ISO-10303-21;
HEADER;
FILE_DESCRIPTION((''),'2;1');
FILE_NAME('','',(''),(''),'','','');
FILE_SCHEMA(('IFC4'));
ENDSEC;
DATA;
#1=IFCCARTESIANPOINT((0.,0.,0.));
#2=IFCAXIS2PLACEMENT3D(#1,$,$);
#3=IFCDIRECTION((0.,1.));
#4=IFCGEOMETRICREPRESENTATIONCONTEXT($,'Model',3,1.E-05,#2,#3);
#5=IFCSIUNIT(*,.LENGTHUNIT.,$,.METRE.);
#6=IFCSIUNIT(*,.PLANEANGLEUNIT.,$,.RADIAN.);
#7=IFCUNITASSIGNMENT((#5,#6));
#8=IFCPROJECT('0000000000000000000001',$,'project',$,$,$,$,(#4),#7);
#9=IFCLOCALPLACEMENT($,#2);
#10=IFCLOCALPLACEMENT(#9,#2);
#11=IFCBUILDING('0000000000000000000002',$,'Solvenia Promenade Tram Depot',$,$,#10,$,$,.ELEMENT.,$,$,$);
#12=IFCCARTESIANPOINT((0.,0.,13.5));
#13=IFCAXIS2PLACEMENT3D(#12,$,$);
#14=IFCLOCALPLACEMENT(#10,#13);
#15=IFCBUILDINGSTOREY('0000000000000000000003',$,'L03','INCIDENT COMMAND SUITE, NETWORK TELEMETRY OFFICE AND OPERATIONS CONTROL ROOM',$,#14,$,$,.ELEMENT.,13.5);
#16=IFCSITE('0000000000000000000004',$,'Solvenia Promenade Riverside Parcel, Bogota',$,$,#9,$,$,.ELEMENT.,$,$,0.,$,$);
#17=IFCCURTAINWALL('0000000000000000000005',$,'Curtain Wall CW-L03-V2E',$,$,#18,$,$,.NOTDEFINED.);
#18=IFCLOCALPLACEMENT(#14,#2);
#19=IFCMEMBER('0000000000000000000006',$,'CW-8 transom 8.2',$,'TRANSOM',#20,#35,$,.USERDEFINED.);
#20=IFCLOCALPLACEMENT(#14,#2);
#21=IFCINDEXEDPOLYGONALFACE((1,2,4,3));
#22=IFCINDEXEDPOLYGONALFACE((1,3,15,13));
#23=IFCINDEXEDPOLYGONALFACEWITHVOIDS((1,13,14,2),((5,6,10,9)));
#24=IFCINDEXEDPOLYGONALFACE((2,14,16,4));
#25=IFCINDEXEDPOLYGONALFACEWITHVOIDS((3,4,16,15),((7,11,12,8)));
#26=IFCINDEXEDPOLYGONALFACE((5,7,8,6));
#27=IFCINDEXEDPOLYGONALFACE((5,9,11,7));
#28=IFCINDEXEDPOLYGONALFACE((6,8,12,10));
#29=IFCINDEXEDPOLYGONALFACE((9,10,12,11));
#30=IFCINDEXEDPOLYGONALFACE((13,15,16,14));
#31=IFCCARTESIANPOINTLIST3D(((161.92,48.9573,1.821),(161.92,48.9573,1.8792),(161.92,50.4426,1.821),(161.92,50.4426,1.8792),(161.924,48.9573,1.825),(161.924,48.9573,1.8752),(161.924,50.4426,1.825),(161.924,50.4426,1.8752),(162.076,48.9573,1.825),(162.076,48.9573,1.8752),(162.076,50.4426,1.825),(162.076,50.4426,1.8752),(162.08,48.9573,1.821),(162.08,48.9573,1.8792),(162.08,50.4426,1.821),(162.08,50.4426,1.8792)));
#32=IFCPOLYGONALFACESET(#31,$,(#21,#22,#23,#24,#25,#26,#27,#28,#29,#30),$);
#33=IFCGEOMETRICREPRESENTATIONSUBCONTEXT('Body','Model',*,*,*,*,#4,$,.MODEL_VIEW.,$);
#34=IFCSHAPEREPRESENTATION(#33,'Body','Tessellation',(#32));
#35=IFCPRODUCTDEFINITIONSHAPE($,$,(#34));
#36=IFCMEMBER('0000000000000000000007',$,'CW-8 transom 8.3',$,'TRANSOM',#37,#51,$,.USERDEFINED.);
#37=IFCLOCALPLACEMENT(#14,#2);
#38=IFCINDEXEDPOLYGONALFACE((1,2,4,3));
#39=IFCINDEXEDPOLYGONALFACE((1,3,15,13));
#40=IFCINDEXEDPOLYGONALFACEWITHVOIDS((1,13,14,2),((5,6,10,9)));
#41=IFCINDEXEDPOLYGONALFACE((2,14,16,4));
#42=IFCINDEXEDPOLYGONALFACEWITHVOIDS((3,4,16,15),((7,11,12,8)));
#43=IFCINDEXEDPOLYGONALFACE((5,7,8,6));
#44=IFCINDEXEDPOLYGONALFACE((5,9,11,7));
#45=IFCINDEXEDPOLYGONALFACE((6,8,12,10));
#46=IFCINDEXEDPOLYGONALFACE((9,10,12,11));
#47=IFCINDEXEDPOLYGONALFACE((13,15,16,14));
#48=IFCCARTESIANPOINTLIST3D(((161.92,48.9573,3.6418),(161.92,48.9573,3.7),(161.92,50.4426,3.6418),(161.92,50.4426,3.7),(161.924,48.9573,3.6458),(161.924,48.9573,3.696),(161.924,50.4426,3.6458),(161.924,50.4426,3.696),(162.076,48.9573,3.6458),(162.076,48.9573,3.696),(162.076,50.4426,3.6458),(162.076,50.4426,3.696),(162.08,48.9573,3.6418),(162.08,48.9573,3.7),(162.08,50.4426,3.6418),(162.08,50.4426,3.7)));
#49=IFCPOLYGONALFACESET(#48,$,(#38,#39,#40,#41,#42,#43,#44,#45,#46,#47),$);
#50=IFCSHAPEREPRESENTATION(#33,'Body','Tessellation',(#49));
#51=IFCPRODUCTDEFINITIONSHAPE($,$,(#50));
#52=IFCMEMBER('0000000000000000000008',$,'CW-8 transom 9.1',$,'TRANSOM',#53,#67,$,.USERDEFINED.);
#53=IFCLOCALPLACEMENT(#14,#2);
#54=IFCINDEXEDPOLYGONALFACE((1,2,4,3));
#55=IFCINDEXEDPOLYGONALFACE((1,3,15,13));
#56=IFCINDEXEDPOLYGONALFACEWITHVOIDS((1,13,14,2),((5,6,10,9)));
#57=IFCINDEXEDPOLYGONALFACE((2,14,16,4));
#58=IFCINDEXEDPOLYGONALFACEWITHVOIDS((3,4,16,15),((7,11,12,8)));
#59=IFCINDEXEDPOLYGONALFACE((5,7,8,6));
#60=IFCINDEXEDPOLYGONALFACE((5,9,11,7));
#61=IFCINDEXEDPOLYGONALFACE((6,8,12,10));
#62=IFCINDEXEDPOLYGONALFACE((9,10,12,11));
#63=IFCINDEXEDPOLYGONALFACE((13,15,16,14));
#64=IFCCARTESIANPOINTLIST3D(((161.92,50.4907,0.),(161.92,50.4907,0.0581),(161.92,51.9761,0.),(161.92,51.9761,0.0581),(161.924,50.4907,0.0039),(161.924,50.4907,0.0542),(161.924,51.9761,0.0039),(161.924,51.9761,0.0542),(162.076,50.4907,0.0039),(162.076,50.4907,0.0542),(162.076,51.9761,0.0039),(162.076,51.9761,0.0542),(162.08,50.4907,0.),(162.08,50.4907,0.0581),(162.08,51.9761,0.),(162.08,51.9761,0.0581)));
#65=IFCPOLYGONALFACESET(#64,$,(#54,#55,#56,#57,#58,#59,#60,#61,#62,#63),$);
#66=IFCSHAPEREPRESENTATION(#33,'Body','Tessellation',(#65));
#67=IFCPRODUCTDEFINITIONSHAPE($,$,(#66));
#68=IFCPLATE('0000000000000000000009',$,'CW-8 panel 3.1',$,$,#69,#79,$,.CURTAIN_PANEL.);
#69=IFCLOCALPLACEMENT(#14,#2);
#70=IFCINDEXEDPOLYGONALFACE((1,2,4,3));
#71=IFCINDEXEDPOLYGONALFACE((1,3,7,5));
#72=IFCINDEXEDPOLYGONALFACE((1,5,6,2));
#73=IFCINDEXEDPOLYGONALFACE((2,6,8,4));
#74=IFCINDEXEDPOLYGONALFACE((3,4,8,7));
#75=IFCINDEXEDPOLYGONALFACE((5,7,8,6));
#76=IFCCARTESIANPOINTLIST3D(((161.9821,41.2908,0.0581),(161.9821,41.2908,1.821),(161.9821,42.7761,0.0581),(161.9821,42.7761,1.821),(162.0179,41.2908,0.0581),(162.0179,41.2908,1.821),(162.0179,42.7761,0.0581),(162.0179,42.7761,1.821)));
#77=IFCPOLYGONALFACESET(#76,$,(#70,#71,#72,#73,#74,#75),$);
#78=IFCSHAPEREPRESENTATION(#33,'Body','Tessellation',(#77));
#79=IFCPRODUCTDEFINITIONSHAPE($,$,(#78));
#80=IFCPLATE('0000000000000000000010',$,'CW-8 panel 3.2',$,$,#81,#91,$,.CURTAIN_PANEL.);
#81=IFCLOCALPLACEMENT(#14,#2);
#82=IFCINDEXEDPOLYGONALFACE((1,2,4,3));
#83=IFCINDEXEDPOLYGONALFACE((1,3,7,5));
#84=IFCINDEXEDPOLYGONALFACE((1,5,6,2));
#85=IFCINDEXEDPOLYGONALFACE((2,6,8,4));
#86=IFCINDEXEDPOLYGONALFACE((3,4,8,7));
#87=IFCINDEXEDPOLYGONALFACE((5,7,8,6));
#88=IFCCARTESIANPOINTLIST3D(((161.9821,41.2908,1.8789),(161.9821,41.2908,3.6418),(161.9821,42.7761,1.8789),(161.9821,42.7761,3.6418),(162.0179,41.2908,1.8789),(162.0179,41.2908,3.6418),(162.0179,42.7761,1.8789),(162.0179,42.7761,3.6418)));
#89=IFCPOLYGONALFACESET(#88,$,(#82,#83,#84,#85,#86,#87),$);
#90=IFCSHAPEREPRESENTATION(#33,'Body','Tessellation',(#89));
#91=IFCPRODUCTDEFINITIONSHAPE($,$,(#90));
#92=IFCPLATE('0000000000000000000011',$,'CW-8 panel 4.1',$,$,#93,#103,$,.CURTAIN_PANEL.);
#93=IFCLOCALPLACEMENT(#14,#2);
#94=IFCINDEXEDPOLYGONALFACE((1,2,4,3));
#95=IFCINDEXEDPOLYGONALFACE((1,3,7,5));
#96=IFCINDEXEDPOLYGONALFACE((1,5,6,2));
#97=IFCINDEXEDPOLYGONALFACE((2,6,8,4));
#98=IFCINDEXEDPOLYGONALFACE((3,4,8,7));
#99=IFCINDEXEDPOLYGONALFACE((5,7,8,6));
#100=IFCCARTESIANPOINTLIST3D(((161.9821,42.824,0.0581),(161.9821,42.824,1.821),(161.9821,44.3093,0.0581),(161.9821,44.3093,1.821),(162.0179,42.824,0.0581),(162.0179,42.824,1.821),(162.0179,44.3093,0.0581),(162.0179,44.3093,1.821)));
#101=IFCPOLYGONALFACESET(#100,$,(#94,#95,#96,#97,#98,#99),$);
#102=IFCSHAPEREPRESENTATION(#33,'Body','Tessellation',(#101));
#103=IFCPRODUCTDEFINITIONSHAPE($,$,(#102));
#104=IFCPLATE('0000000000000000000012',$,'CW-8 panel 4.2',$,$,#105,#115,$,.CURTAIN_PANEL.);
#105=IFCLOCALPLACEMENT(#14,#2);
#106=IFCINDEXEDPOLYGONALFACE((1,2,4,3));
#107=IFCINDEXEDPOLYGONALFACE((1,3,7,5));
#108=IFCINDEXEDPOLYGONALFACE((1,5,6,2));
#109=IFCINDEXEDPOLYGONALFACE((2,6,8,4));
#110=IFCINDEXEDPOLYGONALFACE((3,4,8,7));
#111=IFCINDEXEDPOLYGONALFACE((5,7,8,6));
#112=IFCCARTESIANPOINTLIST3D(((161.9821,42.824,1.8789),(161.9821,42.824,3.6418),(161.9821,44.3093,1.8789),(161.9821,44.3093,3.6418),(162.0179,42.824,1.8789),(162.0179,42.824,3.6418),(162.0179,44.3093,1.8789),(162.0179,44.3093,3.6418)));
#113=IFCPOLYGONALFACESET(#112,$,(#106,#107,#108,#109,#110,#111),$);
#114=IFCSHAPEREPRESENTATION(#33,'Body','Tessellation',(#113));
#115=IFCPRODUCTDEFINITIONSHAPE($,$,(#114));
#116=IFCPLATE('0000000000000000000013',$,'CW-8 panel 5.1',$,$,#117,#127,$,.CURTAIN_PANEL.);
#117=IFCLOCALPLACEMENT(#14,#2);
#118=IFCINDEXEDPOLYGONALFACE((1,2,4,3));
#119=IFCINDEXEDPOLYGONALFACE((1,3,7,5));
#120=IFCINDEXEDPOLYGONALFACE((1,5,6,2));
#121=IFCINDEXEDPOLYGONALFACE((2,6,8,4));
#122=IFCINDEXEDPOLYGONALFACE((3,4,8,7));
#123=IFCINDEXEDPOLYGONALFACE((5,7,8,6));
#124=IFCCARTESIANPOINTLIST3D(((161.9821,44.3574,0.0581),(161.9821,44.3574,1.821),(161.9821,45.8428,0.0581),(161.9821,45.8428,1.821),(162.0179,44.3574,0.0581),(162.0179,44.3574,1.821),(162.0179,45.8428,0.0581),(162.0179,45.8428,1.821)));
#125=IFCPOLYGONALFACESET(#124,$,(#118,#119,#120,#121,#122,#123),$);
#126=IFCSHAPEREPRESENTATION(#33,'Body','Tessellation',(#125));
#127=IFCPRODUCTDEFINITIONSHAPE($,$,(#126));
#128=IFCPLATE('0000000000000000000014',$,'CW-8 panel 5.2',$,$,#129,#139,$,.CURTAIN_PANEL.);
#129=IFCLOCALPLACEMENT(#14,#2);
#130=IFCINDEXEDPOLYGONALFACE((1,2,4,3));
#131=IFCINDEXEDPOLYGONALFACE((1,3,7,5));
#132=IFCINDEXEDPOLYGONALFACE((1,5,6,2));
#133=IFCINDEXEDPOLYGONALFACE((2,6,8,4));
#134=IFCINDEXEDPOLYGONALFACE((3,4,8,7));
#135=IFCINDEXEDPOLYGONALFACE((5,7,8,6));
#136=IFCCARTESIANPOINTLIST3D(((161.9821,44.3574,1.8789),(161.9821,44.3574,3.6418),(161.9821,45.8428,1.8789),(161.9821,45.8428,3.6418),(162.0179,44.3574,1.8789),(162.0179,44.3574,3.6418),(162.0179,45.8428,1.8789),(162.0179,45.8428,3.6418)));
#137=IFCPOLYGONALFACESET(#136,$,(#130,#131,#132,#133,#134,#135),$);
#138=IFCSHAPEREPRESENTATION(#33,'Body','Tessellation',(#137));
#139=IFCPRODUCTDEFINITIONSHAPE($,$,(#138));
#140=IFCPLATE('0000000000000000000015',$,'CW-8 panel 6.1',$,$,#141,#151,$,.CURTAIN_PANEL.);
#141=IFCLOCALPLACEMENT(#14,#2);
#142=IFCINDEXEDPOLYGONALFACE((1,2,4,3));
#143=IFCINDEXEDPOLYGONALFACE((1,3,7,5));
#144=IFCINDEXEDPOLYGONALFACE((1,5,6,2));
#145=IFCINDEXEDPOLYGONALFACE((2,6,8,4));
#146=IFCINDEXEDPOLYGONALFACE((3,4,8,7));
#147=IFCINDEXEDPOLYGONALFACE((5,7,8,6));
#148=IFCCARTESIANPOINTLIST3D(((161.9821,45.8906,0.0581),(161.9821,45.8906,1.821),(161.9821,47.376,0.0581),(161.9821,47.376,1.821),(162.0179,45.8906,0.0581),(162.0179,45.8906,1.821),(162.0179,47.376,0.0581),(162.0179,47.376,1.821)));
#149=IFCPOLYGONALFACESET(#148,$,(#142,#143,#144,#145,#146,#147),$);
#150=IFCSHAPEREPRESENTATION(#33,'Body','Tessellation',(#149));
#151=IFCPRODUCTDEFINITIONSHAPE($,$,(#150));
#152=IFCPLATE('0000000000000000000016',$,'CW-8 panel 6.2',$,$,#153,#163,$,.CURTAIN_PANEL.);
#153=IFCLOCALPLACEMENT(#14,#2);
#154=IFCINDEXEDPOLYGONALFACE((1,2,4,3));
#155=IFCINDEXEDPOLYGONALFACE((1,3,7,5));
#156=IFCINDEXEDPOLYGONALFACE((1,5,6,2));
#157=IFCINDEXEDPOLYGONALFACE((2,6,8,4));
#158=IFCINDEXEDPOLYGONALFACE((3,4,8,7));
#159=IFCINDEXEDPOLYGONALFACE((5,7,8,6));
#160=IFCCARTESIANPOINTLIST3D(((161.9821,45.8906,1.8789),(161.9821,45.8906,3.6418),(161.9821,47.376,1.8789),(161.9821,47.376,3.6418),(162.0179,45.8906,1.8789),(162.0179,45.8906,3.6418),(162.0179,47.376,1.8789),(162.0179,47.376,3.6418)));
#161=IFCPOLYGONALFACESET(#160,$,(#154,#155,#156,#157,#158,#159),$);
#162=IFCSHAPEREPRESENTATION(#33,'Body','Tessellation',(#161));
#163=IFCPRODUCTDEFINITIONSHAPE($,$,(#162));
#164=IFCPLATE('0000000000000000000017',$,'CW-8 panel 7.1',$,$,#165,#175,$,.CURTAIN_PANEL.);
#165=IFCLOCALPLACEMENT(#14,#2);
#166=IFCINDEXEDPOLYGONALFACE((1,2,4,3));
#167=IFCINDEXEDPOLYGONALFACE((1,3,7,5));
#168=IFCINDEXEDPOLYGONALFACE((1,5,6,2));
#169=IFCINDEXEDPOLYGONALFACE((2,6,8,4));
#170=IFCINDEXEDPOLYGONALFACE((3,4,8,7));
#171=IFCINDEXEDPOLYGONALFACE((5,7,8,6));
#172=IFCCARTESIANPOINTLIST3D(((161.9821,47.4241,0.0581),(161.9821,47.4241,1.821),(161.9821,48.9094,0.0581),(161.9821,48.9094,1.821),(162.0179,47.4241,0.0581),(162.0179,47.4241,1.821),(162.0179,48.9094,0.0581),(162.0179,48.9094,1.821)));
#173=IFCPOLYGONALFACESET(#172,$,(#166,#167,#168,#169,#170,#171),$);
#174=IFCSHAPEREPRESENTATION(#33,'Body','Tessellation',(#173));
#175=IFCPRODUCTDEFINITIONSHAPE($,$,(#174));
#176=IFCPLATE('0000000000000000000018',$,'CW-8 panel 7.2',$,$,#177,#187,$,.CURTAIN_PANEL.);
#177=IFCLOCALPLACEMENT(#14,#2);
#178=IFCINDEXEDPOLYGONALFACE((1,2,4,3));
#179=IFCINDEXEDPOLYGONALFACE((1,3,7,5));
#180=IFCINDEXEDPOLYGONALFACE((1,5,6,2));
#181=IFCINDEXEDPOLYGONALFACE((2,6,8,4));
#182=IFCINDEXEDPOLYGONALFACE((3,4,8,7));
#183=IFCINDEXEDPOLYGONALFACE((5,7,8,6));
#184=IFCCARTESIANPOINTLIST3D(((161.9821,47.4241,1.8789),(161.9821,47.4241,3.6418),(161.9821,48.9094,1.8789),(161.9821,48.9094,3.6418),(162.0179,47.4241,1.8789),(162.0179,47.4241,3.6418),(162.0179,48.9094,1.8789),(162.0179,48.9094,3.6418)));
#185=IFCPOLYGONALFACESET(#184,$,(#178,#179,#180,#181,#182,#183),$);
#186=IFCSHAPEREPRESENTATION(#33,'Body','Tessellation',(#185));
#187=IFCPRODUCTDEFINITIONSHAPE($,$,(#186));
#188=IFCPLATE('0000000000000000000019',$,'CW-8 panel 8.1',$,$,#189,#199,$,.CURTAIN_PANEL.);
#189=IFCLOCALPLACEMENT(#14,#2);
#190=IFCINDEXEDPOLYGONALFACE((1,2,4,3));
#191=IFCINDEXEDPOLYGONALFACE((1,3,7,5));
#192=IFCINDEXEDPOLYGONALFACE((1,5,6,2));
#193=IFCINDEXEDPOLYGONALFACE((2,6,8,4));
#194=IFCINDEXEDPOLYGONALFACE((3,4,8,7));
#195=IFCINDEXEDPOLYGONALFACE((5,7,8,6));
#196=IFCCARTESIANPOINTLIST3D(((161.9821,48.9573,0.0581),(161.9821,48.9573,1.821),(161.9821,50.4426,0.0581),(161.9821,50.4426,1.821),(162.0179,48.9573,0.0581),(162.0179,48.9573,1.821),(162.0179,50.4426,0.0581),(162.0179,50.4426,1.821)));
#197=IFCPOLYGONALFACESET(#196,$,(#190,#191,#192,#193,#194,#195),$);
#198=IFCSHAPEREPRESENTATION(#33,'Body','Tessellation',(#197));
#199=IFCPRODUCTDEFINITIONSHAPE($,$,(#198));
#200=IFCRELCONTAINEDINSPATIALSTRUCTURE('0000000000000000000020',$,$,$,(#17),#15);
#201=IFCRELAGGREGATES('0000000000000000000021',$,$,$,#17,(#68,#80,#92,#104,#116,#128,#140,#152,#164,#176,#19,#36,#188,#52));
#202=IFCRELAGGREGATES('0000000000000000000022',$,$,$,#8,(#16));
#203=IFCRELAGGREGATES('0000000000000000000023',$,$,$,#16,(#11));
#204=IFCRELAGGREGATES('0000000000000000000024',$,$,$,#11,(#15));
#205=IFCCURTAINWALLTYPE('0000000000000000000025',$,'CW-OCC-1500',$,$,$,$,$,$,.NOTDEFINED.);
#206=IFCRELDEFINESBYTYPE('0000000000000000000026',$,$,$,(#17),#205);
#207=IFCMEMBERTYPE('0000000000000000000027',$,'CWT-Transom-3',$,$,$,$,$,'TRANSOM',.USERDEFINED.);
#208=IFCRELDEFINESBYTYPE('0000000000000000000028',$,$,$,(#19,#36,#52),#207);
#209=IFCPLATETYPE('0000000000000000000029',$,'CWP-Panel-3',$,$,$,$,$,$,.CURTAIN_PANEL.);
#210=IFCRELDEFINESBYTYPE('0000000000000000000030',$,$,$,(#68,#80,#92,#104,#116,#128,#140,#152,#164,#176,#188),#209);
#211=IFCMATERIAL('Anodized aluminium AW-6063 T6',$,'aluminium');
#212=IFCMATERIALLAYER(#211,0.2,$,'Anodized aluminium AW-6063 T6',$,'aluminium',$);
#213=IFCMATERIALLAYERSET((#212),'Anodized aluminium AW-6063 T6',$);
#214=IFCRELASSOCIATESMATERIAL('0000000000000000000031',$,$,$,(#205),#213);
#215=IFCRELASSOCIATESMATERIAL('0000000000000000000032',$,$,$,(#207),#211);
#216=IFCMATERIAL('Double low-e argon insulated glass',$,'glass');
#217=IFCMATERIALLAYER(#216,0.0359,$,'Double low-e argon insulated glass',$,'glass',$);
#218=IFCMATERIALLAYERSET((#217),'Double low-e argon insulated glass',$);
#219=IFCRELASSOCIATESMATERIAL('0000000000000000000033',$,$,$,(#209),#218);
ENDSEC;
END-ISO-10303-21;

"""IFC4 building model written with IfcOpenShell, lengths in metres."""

from ifc_helpers import new_model, si_unit, direction, frame, origin, origin_2d, place, context, subcontext, project, spatial, rectangle, hollow_rectangle, extrude, material, layer, layer_set, material_profile, profile_set, type_object, element, aggregate, save


model = new_model("IFC4")

# Units and contexts
model_context = context("Model", 3, precision=1e-05, world=origin(), true_north=direction((0.0, 1.0)))
body_context = subcontext(model_context, "Body", "Model", "MODEL_VIEW")
ifc_project = project(units=[si_unit("LENGTHUNIT", "METRE"), si_unit("PLANEANGLEUNIT", "RADIAN")], contexts=[model_context])

# Site, building, storey
site_placement = place(None, origin())
site = spatial("IfcSite", under=ifc_project, at=site_placement, Name="Solvenia Promenade Riverside Parcel, Bogota", CompositionType="ELEMENT", RefElevation=0.0)
building_placement = place(site_placement, origin())
building = spatial("IfcBuilding", under=site, at=building_placement, Name="Solvenia Promenade Tram Depot", CompositionType="ELEMENT")
storey_placement = place(building_placement, frame((0.0, 0.0, 13.5)))
storey = spatial("IfcBuildingStorey", under=building, at=storey_placement, Name="L03", Description="INCIDENT COMMAND SUITE, NETWORK TELEMETRY OFFICE AND OPERATIONS CONTROL ROOM", CompositionType="ELEMENT", Elevation=13.5)

# Curtain wall, members, plates
ifc_material_1 = material(Name="Anodized aluminium AW-6063 T6", Category="aluminium")
ifc_layer_1 = layer(ifc_material_1, 0.2, Name="Anodized aluminium AW-6063 T6", Category="aluminium")
ifc_layer_set_1 = layer_set([ifc_layer_1], Name="Anodized aluminium AW-6063 T6")
curtain_wall_type = type_object("IfcCurtainWallType", Name="CW-OCC-1500", PredefinedType="NOTDEFINED", material=ifc_layer_set_1)
curtain_wall_placement = place(storey_placement, origin())
curtain_wall = element("IfcCurtainWall", 1, at=curtain_wall_placement, inside=storey, type_object=curtain_wall_type, Name="Curtain Wall CW-L03-V2E", PredefinedType="NOTDEFINED")
ifc_material_profile_1 = material_profile(ifc_material_1, hollow_rectangle(XDim=0.1599, YDim=0.0581, WallThickness=0.0039, at=origin_2d()), Name="ALU-T3", Category="aluminium")
ifc_profile_set_1 = profile_set([ifc_material_profile_1], Name="Anodized aluminium AW-6063 T6")
member_type_1 = type_object("IfcMemberType", Name="CWT-Transom-3", ElementType="TRANSOM", PredefinedType="USERDEFINED", material=ifc_profile_set_1)
member_1_placement = place(storey_placement, frame((162.0, 48.9573, 1.8501), z_axis=(0.0, 1.0, 0.0), x_axis=(-1.0, 0.0, 0.0)))
member_1 = element("IfcMember", 2, at=member_1_placement, type_object=member_type_1, Name="CW-8 transom 8.2", ObjectType="TRANSOM", PredefinedType="USERDEFINED", context=body_context, shape_type="SweptSolid", body=[
    extrude(hollow_rectangle(XDim=0.1599, YDim=0.0581, WallThickness=0.0039, at=origin_2d()), origin(), (0.0, 0.0, 1.0), 1.4854),
])
member_2_placement = place(storey_placement, frame((162.0, 48.9573, 3.6709), z_axis=(0.0, 1.0, 0.0), x_axis=(-1.0, 0.0, 0.0)))
member_2 = element("IfcMember", 3, at=member_2_placement, type_object=member_type_1, Name="CW-8 transom 8.3", ObjectType="TRANSOM", PredefinedType="USERDEFINED", context=body_context, shape_type="SweptSolid", body=[
    extrude(hollow_rectangle(XDim=0.1599, YDim=0.0581, WallThickness=0.0039, at=origin_2d()), origin(), (0.0, 0.0, 1.0), 1.4854),
])
member_3_placement = place(storey_placement, frame((162.0, 50.4907, 0.0291), z_axis=(0.0, 1.0, 0.0), x_axis=(-1.0, 0.0, 0.0)))
member_3 = element("IfcMember", 4, at=member_3_placement, type_object=member_type_1, Name="CW-8 transom 9.1", ObjectType="TRANSOM", PredefinedType="USERDEFINED", context=body_context, shape_type="SweptSolid", body=[
    extrude(hollow_rectangle(XDim=0.1599, YDim=0.0581, WallThickness=0.0039, at=origin_2d()), origin(), (0.0, 0.0, 1.0), 1.4854),
])
ifc_material_2 = material(Name="Double low-e argon insulated glass", Category="glass")
ifc_layer_2 = layer(ifc_material_2, 0.0359, Name="Double low-e argon insulated glass", Category="glass")
ifc_layer_set_2 = layer_set([ifc_layer_2], Name="Double low-e argon insulated glass")
plate_type = type_object("IfcPlateType", Name="CWP-Panel-3", PredefinedType="CURTAIN_PANEL", material=ifc_layer_set_2)
plate_1_placement = place(storey_placement, frame((162.0, 42.0334, 0.0581), z_axis=(0.0, 0.0, 1.0), x_axis=(0.0, 1.0, 0.0)))
plate_1 = element("IfcPlate", 5, at=plate_1_placement, type_object=plate_type, Name="CW-8 panel 3.1", PredefinedType="CURTAIN_PANEL", context=body_context, shape_type="SweptSolid", body=[
    extrude(rectangle(XDim=1.4854, YDim=0.0359, at=origin_2d()), origin(), (0.0, 0.0, 1.0), 1.7629),
])
plate_2_placement = place(storey_placement, frame((162.0, 42.0334, 1.8789), z_axis=(0.0, 0.0, 1.0), x_axis=(0.0, 1.0, 0.0)))
plate_2 = element("IfcPlate", 6, at=plate_2_placement, type_object=plate_type, Name="CW-8 panel 3.2", PredefinedType="CURTAIN_PANEL", context=body_context, shape_type="SweptSolid", body=[
    extrude(rectangle(XDim=1.4854, YDim=0.0359, at=origin_2d()), origin(), (0.0, 0.0, 1.0), 1.7629),
])
plate_3_placement = place(storey_placement, frame((162.0, 43.5667, 0.0581), z_axis=(0.0, 0.0, 1.0), x_axis=(0.0, 1.0, 0.0)))
plate_3 = element("IfcPlate", 7, at=plate_3_placement, type_object=plate_type, Name="CW-8 panel 4.1", PredefinedType="CURTAIN_PANEL", context=body_context, shape_type="SweptSolid", body=[
    extrude(rectangle(XDim=1.4854, YDim=0.0359, at=origin_2d()), origin(), (0.0, 0.0, 1.0), 1.7629),
])
plate_4_placement = place(storey_placement, frame((162.0, 43.5667, 1.8789), z_axis=(0.0, 0.0, 1.0), x_axis=(0.0, 1.0, 0.0)))
plate_4 = element("IfcPlate", 8, at=plate_4_placement, type_object=plate_type, Name="CW-8 panel 4.2", PredefinedType="CURTAIN_PANEL", context=body_context, shape_type="SweptSolid", body=[
    extrude(rectangle(XDim=1.4854, YDim=0.0359, at=origin_2d()), origin(), (0.0, 0.0, 1.0), 1.7629),
])
plate_5_placement = place(storey_placement, frame((162.0, 45.1001, 0.0581), z_axis=(0.0, 0.0, 1.0), x_axis=(0.0, 1.0, 0.0)))
plate_5 = element("IfcPlate", 9, at=plate_5_placement, type_object=plate_type, Name="CW-8 panel 5.1", PredefinedType="CURTAIN_PANEL", context=body_context, shape_type="SweptSolid", body=[
    extrude(rectangle(XDim=1.4854, YDim=0.0359, at=origin_2d()), origin(), (0.0, 0.0, 1.0), 1.7629),
])
plate_6_placement = place(storey_placement, frame((162.0, 45.1001, 1.8789), z_axis=(0.0, 0.0, 1.0), x_axis=(0.0, 1.0, 0.0)))
plate_6 = element("IfcPlate", 10, at=plate_6_placement, type_object=plate_type, Name="CW-8 panel 5.2", PredefinedType="CURTAIN_PANEL", context=body_context, shape_type="SweptSolid", body=[
    extrude(rectangle(XDim=1.4854, YDim=0.0359, at=origin_2d()), origin(), (0.0, 0.0, 1.0), 1.7629),
])
plate_7_placement = place(storey_placement, frame((162.0, 46.6333, 0.0581), z_axis=(0.0, 0.0, 1.0), x_axis=(0.0, 1.0, 0.0)))
plate_7 = element("IfcPlate", 11, at=plate_7_placement, type_object=plate_type, Name="CW-8 panel 6.1", PredefinedType="CURTAIN_PANEL", context=body_context, shape_type="SweptSolid", body=[
    extrude(rectangle(XDim=1.4854, YDim=0.0359, at=origin_2d()), origin(), (0.0, 0.0, 1.0), 1.7629),
])
plate_8_placement = place(storey_placement, frame((162.0, 46.6333, 1.8789), z_axis=(0.0, 0.0, 1.0), x_axis=(0.0, 1.0, 0.0)))
plate_8 = element("IfcPlate", 12, at=plate_8_placement, type_object=plate_type, Name="CW-8 panel 6.2", PredefinedType="CURTAIN_PANEL", context=body_context, shape_type="SweptSolid", body=[
    extrude(rectangle(XDim=1.4854, YDim=0.0359, at=origin_2d()), origin(), (0.0, 0.0, 1.0), 1.7629),
])
plate_9_placement = place(storey_placement, frame((162.0, 48.1667, 0.0581), z_axis=(0.0, 0.0, 1.0), x_axis=(0.0, 1.0, 0.0)))
plate_9 = element("IfcPlate", 13, at=plate_9_placement, type_object=plate_type, Name="CW-8 panel 7.1", PredefinedType="CURTAIN_PANEL", context=body_context, shape_type="SweptSolid", body=[
    extrude(rectangle(XDim=1.4854, YDim=0.0359, at=origin_2d()), origin(), (0.0, 0.0, 1.0), 1.7629),
])
plate_10_placement = place(storey_placement, frame((162.0, 48.1667, 1.8789), z_axis=(0.0, 0.0, 1.0), x_axis=(0.0, 1.0, 0.0)))
plate_10 = element("IfcPlate", 14, at=plate_10_placement, type_object=plate_type, Name="CW-8 panel 7.2", PredefinedType="CURTAIN_PANEL", context=body_context, shape_type="SweptSolid", body=[
    extrude(rectangle(XDim=1.4854, YDim=0.0359, at=origin_2d()), origin(), (0.0, 0.0, 1.0), 1.7629),
])
plate_11_placement = place(storey_placement, frame((162.0, 49.7, 0.0581), z_axis=(0.0, 0.0, 1.0), x_axis=(0.0, 1.0, 0.0)))
plate_11 = element("IfcPlate", 15, at=plate_11_placement, type_object=plate_type, Name="CW-8 panel 8.1", PredefinedType="CURTAIN_PANEL", context=body_context, shape_type="SweptSolid", body=[
    extrude(rectangle(XDim=1.4854, YDim=0.0359, at=origin_2d()), origin(), (0.0, 0.0, 1.0), 1.7629),
])
aggregate(curtain_wall, [plate_1, plate_2, plate_3, plate_4, plate_5, plate_6, plate_7, plate_8, plate_9, plate_10, member_1, member_2, plate_11, member_3])

save(model, "model.ifc")
